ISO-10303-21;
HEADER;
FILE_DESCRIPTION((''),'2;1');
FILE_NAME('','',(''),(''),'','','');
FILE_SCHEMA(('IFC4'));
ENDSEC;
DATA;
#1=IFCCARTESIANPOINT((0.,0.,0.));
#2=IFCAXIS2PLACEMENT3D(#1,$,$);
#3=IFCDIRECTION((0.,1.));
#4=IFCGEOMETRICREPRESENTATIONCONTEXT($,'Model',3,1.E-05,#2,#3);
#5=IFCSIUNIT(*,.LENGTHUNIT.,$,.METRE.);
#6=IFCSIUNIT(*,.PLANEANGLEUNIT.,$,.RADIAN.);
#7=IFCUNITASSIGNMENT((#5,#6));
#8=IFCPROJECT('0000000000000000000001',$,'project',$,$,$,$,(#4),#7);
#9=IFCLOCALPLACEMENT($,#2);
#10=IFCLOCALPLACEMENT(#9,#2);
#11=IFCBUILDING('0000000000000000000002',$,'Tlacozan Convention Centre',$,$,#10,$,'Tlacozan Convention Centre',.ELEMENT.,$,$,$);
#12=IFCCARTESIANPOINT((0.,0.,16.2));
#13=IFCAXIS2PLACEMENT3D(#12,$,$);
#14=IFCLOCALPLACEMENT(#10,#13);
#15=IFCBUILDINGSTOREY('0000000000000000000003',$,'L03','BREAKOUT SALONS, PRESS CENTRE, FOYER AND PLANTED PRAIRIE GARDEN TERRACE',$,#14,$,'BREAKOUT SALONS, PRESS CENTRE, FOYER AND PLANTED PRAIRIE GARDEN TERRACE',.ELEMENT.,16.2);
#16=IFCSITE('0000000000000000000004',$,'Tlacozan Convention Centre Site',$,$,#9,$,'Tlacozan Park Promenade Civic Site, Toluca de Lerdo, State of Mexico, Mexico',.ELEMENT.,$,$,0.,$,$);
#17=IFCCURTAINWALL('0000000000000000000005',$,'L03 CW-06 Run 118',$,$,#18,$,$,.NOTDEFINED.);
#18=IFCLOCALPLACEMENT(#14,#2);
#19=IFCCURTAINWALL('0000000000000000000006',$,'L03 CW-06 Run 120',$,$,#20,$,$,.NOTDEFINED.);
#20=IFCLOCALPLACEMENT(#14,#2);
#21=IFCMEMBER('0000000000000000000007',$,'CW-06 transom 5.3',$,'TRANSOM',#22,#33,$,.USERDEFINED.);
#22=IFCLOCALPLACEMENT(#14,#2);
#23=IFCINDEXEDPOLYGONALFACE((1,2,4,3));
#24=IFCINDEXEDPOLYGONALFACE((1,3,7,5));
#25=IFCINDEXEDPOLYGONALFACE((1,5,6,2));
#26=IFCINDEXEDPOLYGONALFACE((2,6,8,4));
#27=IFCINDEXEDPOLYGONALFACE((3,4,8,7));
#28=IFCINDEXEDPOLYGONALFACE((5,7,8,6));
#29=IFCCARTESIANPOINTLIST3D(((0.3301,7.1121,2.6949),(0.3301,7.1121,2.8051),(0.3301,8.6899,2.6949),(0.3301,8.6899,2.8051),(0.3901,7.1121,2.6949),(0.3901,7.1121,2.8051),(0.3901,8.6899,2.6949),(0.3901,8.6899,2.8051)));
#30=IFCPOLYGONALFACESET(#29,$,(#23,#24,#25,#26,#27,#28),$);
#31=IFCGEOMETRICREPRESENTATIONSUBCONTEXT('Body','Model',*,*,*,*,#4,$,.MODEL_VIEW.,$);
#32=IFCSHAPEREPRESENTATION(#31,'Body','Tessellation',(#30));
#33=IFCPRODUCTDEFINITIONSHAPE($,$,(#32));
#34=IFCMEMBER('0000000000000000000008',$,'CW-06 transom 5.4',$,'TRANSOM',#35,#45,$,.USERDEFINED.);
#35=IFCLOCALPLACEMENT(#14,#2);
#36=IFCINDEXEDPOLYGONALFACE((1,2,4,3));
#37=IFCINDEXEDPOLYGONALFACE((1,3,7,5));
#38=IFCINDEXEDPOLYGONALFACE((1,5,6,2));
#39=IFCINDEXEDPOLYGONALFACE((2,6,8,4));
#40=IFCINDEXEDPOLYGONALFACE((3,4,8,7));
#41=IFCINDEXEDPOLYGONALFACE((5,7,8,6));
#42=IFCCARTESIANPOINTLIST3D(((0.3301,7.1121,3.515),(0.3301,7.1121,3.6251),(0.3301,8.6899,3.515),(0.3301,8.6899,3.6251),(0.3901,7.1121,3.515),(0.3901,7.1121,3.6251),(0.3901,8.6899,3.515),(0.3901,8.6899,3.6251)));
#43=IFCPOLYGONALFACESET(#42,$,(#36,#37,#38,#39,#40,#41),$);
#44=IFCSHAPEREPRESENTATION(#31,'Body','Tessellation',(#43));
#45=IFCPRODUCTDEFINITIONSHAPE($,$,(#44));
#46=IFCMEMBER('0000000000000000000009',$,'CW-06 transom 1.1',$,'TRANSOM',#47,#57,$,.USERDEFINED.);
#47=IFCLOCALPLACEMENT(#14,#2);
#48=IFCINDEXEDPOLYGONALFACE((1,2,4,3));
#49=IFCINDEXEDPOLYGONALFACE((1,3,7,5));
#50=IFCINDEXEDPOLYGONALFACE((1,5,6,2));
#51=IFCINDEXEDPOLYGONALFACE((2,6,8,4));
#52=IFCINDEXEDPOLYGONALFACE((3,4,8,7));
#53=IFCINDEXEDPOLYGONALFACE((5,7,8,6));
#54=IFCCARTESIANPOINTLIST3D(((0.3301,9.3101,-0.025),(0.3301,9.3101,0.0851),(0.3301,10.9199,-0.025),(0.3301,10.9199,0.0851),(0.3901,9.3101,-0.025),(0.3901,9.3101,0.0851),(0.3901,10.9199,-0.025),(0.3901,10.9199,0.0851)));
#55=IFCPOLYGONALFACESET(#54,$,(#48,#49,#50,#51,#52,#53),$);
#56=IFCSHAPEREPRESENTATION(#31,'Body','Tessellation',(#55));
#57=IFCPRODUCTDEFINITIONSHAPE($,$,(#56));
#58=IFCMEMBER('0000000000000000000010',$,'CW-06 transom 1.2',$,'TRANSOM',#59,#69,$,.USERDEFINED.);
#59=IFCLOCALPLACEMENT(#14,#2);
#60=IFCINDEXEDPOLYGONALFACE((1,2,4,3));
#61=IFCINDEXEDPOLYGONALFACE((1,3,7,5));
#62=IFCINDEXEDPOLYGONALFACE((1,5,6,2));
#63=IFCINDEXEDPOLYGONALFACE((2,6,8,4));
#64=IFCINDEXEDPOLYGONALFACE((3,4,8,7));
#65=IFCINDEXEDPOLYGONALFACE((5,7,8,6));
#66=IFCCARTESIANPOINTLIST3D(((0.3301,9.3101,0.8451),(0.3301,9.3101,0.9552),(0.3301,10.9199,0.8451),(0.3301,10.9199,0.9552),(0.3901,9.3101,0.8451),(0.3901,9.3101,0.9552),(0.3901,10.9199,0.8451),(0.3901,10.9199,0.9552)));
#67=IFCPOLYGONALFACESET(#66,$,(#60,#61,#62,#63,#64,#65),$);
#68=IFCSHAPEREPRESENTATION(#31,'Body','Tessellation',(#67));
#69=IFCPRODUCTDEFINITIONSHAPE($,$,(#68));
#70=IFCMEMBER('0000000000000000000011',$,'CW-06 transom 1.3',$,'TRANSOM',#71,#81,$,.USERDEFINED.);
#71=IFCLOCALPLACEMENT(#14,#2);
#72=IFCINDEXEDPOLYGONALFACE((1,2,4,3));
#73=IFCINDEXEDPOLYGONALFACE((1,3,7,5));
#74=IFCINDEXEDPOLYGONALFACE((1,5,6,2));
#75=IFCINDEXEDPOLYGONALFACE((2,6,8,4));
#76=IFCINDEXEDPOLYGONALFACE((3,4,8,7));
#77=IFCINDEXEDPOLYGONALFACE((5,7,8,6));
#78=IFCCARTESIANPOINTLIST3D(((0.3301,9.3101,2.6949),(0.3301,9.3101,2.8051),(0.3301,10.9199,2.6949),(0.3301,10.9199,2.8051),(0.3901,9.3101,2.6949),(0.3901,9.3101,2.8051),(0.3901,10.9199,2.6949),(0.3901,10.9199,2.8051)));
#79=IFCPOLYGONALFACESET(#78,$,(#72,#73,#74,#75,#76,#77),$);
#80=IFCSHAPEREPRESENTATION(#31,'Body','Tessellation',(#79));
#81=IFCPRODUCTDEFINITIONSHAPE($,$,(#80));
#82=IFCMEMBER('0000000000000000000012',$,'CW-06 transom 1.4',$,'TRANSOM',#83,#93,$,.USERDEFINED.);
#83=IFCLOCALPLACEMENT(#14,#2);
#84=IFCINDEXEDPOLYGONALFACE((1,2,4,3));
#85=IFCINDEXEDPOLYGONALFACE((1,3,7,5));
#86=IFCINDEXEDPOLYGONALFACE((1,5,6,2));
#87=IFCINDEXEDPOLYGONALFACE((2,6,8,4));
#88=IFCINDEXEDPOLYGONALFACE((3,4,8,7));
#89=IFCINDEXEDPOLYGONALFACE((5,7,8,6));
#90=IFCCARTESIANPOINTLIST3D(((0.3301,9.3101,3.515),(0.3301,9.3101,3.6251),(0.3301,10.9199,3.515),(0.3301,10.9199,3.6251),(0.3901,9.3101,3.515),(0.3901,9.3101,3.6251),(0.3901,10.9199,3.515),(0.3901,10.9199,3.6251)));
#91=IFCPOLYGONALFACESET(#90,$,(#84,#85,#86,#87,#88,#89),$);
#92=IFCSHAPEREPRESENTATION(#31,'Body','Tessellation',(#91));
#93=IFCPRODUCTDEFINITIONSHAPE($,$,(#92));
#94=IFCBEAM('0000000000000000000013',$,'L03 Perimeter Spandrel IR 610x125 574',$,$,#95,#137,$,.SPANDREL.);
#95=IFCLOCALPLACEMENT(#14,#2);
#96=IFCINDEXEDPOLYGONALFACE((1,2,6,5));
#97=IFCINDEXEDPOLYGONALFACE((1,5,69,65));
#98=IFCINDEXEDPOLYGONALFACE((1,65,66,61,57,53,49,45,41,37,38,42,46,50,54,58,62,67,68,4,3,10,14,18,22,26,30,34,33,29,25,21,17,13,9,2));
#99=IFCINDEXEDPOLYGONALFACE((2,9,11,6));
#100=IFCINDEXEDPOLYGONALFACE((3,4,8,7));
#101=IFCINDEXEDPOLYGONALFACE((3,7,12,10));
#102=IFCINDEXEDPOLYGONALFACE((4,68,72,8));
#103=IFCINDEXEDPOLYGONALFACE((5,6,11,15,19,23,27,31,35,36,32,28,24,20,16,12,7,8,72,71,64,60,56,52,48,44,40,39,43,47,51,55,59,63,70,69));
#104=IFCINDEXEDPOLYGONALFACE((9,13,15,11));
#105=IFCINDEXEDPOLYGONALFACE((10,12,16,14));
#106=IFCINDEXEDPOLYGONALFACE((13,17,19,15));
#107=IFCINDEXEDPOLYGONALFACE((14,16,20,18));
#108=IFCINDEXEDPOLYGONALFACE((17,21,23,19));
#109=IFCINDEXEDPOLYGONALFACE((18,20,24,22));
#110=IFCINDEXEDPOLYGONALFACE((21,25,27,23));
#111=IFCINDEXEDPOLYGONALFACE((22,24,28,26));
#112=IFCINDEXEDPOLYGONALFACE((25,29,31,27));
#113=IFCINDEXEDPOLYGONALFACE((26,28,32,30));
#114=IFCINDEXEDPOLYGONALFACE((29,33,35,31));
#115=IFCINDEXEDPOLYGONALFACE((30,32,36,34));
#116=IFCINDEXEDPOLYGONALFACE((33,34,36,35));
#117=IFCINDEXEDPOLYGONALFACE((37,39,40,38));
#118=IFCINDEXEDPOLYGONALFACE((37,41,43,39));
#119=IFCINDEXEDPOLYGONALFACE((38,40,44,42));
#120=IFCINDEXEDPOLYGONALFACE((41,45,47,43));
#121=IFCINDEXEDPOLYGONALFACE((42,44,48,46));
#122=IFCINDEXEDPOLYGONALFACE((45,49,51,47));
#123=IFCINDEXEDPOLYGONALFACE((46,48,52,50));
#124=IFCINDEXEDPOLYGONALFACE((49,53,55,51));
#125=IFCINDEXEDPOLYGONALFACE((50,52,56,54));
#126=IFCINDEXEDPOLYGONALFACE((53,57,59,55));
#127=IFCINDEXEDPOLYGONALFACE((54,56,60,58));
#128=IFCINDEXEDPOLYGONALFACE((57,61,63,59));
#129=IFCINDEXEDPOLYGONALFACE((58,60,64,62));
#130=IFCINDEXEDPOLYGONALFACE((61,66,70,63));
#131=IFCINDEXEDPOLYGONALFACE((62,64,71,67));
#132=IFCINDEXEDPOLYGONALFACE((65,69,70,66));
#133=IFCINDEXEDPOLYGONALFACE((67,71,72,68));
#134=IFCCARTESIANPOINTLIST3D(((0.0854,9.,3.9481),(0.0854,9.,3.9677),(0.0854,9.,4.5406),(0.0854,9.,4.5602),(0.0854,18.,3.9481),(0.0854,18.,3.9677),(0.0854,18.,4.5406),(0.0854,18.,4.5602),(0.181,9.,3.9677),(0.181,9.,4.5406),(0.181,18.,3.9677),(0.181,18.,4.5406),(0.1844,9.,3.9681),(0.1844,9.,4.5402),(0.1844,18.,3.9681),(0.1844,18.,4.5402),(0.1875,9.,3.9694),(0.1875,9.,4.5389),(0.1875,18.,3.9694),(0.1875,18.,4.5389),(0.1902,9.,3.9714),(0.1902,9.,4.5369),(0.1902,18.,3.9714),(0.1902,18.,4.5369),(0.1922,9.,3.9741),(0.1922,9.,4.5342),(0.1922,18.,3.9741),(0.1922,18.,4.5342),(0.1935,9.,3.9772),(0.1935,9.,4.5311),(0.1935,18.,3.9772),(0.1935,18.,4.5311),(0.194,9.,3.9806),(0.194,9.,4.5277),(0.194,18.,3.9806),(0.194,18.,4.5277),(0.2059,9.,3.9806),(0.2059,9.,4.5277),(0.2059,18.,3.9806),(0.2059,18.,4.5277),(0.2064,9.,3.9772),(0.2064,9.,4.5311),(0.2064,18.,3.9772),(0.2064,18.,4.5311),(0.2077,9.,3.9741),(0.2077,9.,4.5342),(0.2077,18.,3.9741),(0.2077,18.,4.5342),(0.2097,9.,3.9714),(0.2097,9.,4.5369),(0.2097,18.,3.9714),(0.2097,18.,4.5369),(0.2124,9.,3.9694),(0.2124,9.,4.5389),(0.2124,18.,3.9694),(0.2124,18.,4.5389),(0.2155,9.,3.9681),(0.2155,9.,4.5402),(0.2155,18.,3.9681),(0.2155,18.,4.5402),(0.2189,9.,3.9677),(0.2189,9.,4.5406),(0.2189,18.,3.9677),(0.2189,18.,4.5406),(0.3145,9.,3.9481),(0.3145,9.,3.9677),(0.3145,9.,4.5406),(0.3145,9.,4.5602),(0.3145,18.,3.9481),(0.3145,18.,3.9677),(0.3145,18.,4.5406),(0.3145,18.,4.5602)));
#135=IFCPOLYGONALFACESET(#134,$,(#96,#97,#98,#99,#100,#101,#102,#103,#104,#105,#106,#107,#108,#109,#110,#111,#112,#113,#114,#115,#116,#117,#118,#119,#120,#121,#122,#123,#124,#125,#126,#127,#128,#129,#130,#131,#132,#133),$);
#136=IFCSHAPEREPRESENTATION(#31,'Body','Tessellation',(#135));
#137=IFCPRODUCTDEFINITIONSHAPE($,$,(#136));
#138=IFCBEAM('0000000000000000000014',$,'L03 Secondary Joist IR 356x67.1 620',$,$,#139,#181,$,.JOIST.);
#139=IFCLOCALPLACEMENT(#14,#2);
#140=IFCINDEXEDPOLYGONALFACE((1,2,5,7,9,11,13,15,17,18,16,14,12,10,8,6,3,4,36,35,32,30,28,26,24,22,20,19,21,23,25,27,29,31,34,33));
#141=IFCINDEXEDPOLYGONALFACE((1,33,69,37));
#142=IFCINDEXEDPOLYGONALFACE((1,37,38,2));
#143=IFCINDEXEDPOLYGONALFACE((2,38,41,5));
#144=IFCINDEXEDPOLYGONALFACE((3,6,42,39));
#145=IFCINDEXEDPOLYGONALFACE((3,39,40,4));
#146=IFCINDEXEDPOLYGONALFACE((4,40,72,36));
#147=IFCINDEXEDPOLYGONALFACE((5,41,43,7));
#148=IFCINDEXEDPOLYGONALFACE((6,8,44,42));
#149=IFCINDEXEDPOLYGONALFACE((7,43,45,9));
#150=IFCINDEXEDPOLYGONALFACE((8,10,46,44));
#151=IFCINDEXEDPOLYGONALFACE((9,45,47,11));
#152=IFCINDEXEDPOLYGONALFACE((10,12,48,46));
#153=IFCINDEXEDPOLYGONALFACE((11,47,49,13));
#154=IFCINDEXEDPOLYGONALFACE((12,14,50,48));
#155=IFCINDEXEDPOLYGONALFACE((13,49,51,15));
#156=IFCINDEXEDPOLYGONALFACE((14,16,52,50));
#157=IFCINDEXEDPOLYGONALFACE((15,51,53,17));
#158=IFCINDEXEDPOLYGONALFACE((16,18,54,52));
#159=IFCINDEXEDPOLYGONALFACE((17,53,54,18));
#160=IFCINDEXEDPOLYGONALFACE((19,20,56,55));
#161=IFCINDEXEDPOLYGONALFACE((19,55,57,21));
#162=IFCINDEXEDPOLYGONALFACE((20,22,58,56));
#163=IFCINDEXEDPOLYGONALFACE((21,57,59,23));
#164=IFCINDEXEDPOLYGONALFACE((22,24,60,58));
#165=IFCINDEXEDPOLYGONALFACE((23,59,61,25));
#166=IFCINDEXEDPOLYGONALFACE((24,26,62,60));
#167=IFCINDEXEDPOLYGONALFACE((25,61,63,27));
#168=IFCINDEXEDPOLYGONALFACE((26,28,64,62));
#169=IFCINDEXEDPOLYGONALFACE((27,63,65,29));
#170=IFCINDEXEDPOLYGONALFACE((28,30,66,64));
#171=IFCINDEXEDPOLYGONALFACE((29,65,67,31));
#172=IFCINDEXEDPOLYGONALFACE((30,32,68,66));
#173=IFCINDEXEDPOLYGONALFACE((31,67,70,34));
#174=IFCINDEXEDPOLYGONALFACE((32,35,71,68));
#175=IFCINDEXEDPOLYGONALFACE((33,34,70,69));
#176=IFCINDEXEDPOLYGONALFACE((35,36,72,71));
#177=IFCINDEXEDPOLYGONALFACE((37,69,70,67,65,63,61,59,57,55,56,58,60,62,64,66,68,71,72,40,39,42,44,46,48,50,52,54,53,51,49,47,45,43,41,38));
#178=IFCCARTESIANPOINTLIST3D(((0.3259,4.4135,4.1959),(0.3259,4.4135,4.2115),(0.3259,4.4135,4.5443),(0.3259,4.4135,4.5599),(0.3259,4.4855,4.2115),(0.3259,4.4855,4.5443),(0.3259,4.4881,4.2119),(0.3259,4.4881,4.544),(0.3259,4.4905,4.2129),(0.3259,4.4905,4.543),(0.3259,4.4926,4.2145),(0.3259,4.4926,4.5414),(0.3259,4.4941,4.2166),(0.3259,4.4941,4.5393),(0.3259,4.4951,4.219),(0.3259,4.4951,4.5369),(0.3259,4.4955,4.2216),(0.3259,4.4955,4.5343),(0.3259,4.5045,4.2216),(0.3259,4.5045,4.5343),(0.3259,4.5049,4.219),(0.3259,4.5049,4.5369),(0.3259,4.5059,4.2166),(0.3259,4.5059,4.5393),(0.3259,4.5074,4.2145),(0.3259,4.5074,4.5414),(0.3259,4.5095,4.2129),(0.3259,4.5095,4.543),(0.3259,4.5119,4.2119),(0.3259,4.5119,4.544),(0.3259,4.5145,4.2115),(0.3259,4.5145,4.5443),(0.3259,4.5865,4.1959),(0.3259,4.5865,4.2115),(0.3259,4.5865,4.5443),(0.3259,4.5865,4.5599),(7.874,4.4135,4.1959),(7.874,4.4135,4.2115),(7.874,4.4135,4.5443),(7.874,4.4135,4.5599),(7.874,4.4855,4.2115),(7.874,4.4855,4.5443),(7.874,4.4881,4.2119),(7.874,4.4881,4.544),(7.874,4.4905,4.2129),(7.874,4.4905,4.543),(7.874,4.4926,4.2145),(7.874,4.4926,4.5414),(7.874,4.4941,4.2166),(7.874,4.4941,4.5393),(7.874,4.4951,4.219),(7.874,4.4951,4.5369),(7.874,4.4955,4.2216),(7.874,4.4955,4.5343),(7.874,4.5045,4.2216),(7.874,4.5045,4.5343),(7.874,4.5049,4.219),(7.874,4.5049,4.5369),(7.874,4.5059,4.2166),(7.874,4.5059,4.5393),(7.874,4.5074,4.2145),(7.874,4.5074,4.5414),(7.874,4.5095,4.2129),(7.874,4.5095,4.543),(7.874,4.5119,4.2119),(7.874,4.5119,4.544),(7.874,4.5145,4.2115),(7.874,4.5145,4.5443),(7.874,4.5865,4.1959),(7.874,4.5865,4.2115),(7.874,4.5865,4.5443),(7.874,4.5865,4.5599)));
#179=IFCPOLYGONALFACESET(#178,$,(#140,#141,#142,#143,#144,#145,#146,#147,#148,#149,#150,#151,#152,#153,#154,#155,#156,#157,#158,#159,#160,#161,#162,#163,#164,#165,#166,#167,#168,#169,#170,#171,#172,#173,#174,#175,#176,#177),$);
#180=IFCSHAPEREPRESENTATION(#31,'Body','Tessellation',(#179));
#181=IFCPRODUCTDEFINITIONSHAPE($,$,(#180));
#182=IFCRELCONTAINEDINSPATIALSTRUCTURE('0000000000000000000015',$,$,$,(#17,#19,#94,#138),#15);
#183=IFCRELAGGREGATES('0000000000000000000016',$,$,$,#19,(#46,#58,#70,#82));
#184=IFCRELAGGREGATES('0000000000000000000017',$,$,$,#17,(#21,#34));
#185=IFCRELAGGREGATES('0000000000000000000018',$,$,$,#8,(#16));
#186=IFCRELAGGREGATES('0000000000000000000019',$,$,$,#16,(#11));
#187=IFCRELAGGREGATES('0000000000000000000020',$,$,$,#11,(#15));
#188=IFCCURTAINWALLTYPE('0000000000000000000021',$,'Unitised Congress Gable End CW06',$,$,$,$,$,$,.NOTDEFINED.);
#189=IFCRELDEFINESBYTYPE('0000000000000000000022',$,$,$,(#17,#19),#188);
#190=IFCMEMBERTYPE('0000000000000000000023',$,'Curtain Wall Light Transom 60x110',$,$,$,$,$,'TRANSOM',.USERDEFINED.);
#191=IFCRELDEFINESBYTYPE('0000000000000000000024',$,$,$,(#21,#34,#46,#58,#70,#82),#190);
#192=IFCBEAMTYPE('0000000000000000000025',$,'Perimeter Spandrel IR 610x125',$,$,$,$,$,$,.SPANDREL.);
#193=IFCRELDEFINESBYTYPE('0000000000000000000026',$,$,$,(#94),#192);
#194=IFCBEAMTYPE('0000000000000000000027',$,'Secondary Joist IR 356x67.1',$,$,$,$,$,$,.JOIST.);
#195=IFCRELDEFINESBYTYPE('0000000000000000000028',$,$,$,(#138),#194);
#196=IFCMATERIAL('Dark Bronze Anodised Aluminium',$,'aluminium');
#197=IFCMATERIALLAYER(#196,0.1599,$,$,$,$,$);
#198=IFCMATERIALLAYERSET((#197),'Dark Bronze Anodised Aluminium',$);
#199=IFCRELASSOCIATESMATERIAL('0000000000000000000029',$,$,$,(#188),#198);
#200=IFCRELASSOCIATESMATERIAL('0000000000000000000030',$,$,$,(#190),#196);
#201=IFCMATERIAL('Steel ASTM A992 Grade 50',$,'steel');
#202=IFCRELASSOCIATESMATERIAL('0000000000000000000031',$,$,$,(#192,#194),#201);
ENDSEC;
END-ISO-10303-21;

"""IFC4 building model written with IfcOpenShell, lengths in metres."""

from ifc_helpers import new_model, si_unit, direction, frame, origin, origin_2d, place, context, subcontext, project, spatial, rectangle, i_section, extrude, material, layer, layer_set, material_profile, profile_set, type_object, element, aggregate, save


model = new_model("IFC4")

# Units and contexts
model_context = context("Model", 3, precision=1e-05, world=origin(), true_north=direction((0.0, 1.0)))
body_context = subcontext(model_context, "Body", "Model", "MODEL_VIEW")
ifc_project = project(units=[si_unit("LENGTHUNIT", "METRE"), si_unit("PLANEANGLEUNIT", "RADIAN")], contexts=[model_context])

# Site, building, storey
site_placement = place(None, origin())
site = spatial("IfcSite", under=ifc_project, at=site_placement, Name="Tlacozan Convention Centre Site", LongName="Tlacozan Park Promenade Civic Site, Toluca de Lerdo, State of Mexico, Mexico", CompositionType="ELEMENT", RefElevation=0.0)
building_placement = place(site_placement, origin())
building = spatial("IfcBuilding", under=site, at=building_placement, Name="Tlacozan Convention Centre", LongName="Tlacozan Convention Centre", CompositionType="ELEMENT")
storey_placement = place(building_placement, frame((0.0, 0.0, 16.2)))
storey = spatial("IfcBuildingStorey", under=building, at=storey_placement, Name="L03", Description="BREAKOUT SALONS, PRESS CENTRE, FOYER AND PLANTED PRAIRIE GARDEN TERRACE", LongName="BREAKOUT SALONS, PRESS CENTRE, FOYER AND PLANTED PRAIRIE GARDEN TERRACE", CompositionType="ELEMENT", Elevation=16.2)

# Curtain wall
ifc_material_1 = material(Name="Dark Bronze Anodised Aluminium", Category="aluminium")
ifc_layer_1 = layer(ifc_material_1, 0.1599)
ifc_layer_set_1 = layer_set([ifc_layer_1], Name="Dark Bronze Anodised Aluminium")
curtain_wall_type = type_object("IfcCurtainWallType", Name="Unitised Congress Gable End CW06", PredefinedType="NOTDEFINED", material=ifc_layer_set_1)
curtain_wall_1_placement = place(storey_placement, origin())
curtain_wall_1 = element("IfcCurtainWall", 1, at=curtain_wall_1_placement, inside=storey, type_object=curtain_wall_type, Name="L03 CW-06 Run 118", PredefinedType="NOTDEFINED")

# Curtain wall
curtain_wall_2_placement = place(storey_placement, origin())
curtain_wall_2 = element("IfcCurtainWall", 2, at=curtain_wall_2_placement, inside=storey, type_object=curtain_wall_type, Name="L03 CW-06 Run 120", PredefinedType="NOTDEFINED")

# Members
ifc_material_profile_1 = material_profile(ifc_material_1, rectangle(XDim=0.0601, YDim=0.1101, at=origin_2d()), Name="ALU 60x110")
ifc_profile_set_1 = profile_set([ifc_material_profile_1], Name="Dark Bronze Anodised Aluminium")
member_type_1 = type_object("IfcMemberType", Name="Curtain Wall Light Transom 60x110", ElementType="TRANSOM", PredefinedType="USERDEFINED", material=ifc_profile_set_1)
member_1_placement = place(storey_placement, frame((0.3601, 7.1121, 2.75), z_axis=(0.0, 1.0, 0.0), x_axis=(-1.0, 0.0, 0.0)))
member_1 = element("IfcMember", 3, at=member_1_placement, type_object=member_type_1, Name="CW-06 transom 5.3", ObjectType="TRANSOM", PredefinedType="USERDEFINED", context=body_context, shape_type="SweptSolid", body=[
    extrude(rectangle(XDim=0.0601, YDim=0.1101, at=origin_2d()), origin(), (0.0, 0.0, 1.0), 1.5779),
])
member_2_placement = place(storey_placement, frame((0.3601, 7.1121, 3.5701), z_axis=(0.0, 1.0, 0.0), x_axis=(-1.0, 0.0, 0.0)))
member_2 = element("IfcMember", 4, at=member_2_placement, type_object=member_type_1, Name="CW-06 transom 5.4", ObjectType="TRANSOM", PredefinedType="USERDEFINED", context=body_context, shape_type="SweptSolid", body=[
    extrude(rectangle(XDim=0.0601, YDim=0.1101, at=origin_2d()), origin(), (0.0, 0.0, 1.0), 1.5779),
])
member_3_placement = place(storey_placement, frame((0.3601, 9.3101, 0.03), z_axis=(0.0, 1.0, 0.0), x_axis=(-1.0, 0.0, 0.0)))
member_3 = element("IfcMember", 5, at=member_3_placement, type_object=member_type_1, Name="CW-06 transom 1.1", ObjectType="TRANSOM", PredefinedType="USERDEFINED", context=body_context, shape_type="SweptSolid", body=[
    extrude(rectangle(XDim=0.0601, YDim=0.1101, at=origin_2d()), origin(), (0.0, 0.0, 1.0), 1.6099),
])
member_4_placement = place(storey_placement, frame((0.3601, 9.3101, 0.9001), z_axis=(0.0, 1.0, 0.0), x_axis=(-1.0, 0.0, 0.0)))
member_4 = element("IfcMember", 6, at=member_4_placement, type_object=member_type_1, Name="CW-06 transom 1.2", ObjectType="TRANSOM", PredefinedType="USERDEFINED", context=body_context, shape_type="SweptSolid", body=[
    extrude(rectangle(XDim=0.0601, YDim=0.1101, at=origin_2d()), origin(), (0.0, 0.0, 1.0), 1.6099),
])
member_5_placement = place(storey_placement, frame((0.3601, 9.3101, 2.75), z_axis=(0.0, 1.0, 0.0), x_axis=(-1.0, 0.0, 0.0)))
member_5 = element("IfcMember", 7, at=member_5_placement, type_object=member_type_1, Name="CW-06 transom 1.3", ObjectType="TRANSOM", PredefinedType="USERDEFINED", context=body_context, shape_type="SweptSolid", body=[
    extrude(rectangle(XDim=0.0601, YDim=0.1101, at=origin_2d()), origin(), (0.0, 0.0, 1.0), 1.6099),
])
member_6_placement = place(storey_placement, frame((0.3601, 9.3101, 3.5701), z_axis=(0.0, 1.0, 0.0), x_axis=(-1.0, 0.0, 0.0)))
member_6 = element("IfcMember", 8, at=member_6_placement, type_object=member_type_1, Name="CW-06 transom 1.4", ObjectType="TRANSOM", PredefinedType="USERDEFINED", context=body_context, shape_type="SweptSolid", body=[
    extrude(rectangle(XDim=0.0601, YDim=0.1101, at=origin_2d()), origin(), (0.0, 0.0, 1.0), 1.6099),
])
aggregate(curtain_wall_2, [member_3, member_4, member_5, member_6])

# Beams
ifc_material_2 = material(Name="Steel ASTM A992 Grade 50", Category="steel")
ifc_material_profile_2 = material_profile(ifc_material_2, i_section(OverallWidth=0.229, OverallDepth=0.6121, WebThickness=0.012, FlangeThickness=0.0195, FilletRadius=0.0129, at=origin_2d()), Name="IR 610x125.0")
ifc_profile_set_2 = profile_set([ifc_material_profile_2], Name="Steel ASTM A992 Grade 50")
beam_type_1 = type_object("IfcBeamType", Name="Perimeter Spandrel IR 610x125", PredefinedType="SPANDREL", material=ifc_profile_set_2)
beam_placement = place(storey_placement, frame((0.2, 9.0, 4.2542), z_axis=(0.0, 1.0, 0.0), x_axis=(-1.0, 0.0, 0.0)))
element("IfcBeam", 9, at=beam_placement, inside=storey, type_object=beam_type_1, Name="L03 Perimeter Spandrel IR 610x125 574", PredefinedType="SPANDREL", context=body_context, shape_type="SweptSolid", body=[
    extrude(i_section(OverallWidth=0.229, OverallDepth=0.6121, WebThickness=0.012, FlangeThickness=0.0195, FilletRadius=0.0129, at=origin_2d()), origin(), (0.0, 0.0, 1.0), 9.0),
])
ifc_material_profile_3 = material_profile(ifc_material_2, i_section(OverallWidth=0.1731, OverallDepth=0.364, WebThickness=0.009, FlangeThickness=0.0156, FilletRadius=0.01, at=origin_2d()), Name="IR 356x67.1")
ifc_profile_set_3 = profile_set([ifc_material_profile_3], Name="Steel ASTM A992 Grade 50")
beam_type_2 = type_object("IfcBeamType", Name="Secondary Joist IR 356x67.1", PredefinedType="JOIST", material=ifc_profile_set_3)
for number, where, z_axis, x_axis, name in (
    (10, (0.3259, 4.5, 4.3779), (1.0, 0.0, 0.0), (0.0, 1.0, 0.0), "L03 Secondary Joist IR 356x67.1 620"),
):
    element("IfcBeam", number, at=place(storey_placement, frame(where, z_axis=z_axis, x_axis=x_axis)), inside=storey, type_object=beam_type_2, Name=name, PredefinedType="JOIST", context=body_context, shape_type="SweptSolid", body=[
        extrude(i_section(OverallWidth=0.1731, OverallDepth=0.364, WebThickness=0.009, FlangeThickness=0.0156, FilletRadius=0.01, at=origin_2d()), origin(), (0.0, 0.0, 1.0), 7.5481),
    ])

aggregate(curtain_wall_1, [member_1, member_2])

save(model, "model.ifc")
